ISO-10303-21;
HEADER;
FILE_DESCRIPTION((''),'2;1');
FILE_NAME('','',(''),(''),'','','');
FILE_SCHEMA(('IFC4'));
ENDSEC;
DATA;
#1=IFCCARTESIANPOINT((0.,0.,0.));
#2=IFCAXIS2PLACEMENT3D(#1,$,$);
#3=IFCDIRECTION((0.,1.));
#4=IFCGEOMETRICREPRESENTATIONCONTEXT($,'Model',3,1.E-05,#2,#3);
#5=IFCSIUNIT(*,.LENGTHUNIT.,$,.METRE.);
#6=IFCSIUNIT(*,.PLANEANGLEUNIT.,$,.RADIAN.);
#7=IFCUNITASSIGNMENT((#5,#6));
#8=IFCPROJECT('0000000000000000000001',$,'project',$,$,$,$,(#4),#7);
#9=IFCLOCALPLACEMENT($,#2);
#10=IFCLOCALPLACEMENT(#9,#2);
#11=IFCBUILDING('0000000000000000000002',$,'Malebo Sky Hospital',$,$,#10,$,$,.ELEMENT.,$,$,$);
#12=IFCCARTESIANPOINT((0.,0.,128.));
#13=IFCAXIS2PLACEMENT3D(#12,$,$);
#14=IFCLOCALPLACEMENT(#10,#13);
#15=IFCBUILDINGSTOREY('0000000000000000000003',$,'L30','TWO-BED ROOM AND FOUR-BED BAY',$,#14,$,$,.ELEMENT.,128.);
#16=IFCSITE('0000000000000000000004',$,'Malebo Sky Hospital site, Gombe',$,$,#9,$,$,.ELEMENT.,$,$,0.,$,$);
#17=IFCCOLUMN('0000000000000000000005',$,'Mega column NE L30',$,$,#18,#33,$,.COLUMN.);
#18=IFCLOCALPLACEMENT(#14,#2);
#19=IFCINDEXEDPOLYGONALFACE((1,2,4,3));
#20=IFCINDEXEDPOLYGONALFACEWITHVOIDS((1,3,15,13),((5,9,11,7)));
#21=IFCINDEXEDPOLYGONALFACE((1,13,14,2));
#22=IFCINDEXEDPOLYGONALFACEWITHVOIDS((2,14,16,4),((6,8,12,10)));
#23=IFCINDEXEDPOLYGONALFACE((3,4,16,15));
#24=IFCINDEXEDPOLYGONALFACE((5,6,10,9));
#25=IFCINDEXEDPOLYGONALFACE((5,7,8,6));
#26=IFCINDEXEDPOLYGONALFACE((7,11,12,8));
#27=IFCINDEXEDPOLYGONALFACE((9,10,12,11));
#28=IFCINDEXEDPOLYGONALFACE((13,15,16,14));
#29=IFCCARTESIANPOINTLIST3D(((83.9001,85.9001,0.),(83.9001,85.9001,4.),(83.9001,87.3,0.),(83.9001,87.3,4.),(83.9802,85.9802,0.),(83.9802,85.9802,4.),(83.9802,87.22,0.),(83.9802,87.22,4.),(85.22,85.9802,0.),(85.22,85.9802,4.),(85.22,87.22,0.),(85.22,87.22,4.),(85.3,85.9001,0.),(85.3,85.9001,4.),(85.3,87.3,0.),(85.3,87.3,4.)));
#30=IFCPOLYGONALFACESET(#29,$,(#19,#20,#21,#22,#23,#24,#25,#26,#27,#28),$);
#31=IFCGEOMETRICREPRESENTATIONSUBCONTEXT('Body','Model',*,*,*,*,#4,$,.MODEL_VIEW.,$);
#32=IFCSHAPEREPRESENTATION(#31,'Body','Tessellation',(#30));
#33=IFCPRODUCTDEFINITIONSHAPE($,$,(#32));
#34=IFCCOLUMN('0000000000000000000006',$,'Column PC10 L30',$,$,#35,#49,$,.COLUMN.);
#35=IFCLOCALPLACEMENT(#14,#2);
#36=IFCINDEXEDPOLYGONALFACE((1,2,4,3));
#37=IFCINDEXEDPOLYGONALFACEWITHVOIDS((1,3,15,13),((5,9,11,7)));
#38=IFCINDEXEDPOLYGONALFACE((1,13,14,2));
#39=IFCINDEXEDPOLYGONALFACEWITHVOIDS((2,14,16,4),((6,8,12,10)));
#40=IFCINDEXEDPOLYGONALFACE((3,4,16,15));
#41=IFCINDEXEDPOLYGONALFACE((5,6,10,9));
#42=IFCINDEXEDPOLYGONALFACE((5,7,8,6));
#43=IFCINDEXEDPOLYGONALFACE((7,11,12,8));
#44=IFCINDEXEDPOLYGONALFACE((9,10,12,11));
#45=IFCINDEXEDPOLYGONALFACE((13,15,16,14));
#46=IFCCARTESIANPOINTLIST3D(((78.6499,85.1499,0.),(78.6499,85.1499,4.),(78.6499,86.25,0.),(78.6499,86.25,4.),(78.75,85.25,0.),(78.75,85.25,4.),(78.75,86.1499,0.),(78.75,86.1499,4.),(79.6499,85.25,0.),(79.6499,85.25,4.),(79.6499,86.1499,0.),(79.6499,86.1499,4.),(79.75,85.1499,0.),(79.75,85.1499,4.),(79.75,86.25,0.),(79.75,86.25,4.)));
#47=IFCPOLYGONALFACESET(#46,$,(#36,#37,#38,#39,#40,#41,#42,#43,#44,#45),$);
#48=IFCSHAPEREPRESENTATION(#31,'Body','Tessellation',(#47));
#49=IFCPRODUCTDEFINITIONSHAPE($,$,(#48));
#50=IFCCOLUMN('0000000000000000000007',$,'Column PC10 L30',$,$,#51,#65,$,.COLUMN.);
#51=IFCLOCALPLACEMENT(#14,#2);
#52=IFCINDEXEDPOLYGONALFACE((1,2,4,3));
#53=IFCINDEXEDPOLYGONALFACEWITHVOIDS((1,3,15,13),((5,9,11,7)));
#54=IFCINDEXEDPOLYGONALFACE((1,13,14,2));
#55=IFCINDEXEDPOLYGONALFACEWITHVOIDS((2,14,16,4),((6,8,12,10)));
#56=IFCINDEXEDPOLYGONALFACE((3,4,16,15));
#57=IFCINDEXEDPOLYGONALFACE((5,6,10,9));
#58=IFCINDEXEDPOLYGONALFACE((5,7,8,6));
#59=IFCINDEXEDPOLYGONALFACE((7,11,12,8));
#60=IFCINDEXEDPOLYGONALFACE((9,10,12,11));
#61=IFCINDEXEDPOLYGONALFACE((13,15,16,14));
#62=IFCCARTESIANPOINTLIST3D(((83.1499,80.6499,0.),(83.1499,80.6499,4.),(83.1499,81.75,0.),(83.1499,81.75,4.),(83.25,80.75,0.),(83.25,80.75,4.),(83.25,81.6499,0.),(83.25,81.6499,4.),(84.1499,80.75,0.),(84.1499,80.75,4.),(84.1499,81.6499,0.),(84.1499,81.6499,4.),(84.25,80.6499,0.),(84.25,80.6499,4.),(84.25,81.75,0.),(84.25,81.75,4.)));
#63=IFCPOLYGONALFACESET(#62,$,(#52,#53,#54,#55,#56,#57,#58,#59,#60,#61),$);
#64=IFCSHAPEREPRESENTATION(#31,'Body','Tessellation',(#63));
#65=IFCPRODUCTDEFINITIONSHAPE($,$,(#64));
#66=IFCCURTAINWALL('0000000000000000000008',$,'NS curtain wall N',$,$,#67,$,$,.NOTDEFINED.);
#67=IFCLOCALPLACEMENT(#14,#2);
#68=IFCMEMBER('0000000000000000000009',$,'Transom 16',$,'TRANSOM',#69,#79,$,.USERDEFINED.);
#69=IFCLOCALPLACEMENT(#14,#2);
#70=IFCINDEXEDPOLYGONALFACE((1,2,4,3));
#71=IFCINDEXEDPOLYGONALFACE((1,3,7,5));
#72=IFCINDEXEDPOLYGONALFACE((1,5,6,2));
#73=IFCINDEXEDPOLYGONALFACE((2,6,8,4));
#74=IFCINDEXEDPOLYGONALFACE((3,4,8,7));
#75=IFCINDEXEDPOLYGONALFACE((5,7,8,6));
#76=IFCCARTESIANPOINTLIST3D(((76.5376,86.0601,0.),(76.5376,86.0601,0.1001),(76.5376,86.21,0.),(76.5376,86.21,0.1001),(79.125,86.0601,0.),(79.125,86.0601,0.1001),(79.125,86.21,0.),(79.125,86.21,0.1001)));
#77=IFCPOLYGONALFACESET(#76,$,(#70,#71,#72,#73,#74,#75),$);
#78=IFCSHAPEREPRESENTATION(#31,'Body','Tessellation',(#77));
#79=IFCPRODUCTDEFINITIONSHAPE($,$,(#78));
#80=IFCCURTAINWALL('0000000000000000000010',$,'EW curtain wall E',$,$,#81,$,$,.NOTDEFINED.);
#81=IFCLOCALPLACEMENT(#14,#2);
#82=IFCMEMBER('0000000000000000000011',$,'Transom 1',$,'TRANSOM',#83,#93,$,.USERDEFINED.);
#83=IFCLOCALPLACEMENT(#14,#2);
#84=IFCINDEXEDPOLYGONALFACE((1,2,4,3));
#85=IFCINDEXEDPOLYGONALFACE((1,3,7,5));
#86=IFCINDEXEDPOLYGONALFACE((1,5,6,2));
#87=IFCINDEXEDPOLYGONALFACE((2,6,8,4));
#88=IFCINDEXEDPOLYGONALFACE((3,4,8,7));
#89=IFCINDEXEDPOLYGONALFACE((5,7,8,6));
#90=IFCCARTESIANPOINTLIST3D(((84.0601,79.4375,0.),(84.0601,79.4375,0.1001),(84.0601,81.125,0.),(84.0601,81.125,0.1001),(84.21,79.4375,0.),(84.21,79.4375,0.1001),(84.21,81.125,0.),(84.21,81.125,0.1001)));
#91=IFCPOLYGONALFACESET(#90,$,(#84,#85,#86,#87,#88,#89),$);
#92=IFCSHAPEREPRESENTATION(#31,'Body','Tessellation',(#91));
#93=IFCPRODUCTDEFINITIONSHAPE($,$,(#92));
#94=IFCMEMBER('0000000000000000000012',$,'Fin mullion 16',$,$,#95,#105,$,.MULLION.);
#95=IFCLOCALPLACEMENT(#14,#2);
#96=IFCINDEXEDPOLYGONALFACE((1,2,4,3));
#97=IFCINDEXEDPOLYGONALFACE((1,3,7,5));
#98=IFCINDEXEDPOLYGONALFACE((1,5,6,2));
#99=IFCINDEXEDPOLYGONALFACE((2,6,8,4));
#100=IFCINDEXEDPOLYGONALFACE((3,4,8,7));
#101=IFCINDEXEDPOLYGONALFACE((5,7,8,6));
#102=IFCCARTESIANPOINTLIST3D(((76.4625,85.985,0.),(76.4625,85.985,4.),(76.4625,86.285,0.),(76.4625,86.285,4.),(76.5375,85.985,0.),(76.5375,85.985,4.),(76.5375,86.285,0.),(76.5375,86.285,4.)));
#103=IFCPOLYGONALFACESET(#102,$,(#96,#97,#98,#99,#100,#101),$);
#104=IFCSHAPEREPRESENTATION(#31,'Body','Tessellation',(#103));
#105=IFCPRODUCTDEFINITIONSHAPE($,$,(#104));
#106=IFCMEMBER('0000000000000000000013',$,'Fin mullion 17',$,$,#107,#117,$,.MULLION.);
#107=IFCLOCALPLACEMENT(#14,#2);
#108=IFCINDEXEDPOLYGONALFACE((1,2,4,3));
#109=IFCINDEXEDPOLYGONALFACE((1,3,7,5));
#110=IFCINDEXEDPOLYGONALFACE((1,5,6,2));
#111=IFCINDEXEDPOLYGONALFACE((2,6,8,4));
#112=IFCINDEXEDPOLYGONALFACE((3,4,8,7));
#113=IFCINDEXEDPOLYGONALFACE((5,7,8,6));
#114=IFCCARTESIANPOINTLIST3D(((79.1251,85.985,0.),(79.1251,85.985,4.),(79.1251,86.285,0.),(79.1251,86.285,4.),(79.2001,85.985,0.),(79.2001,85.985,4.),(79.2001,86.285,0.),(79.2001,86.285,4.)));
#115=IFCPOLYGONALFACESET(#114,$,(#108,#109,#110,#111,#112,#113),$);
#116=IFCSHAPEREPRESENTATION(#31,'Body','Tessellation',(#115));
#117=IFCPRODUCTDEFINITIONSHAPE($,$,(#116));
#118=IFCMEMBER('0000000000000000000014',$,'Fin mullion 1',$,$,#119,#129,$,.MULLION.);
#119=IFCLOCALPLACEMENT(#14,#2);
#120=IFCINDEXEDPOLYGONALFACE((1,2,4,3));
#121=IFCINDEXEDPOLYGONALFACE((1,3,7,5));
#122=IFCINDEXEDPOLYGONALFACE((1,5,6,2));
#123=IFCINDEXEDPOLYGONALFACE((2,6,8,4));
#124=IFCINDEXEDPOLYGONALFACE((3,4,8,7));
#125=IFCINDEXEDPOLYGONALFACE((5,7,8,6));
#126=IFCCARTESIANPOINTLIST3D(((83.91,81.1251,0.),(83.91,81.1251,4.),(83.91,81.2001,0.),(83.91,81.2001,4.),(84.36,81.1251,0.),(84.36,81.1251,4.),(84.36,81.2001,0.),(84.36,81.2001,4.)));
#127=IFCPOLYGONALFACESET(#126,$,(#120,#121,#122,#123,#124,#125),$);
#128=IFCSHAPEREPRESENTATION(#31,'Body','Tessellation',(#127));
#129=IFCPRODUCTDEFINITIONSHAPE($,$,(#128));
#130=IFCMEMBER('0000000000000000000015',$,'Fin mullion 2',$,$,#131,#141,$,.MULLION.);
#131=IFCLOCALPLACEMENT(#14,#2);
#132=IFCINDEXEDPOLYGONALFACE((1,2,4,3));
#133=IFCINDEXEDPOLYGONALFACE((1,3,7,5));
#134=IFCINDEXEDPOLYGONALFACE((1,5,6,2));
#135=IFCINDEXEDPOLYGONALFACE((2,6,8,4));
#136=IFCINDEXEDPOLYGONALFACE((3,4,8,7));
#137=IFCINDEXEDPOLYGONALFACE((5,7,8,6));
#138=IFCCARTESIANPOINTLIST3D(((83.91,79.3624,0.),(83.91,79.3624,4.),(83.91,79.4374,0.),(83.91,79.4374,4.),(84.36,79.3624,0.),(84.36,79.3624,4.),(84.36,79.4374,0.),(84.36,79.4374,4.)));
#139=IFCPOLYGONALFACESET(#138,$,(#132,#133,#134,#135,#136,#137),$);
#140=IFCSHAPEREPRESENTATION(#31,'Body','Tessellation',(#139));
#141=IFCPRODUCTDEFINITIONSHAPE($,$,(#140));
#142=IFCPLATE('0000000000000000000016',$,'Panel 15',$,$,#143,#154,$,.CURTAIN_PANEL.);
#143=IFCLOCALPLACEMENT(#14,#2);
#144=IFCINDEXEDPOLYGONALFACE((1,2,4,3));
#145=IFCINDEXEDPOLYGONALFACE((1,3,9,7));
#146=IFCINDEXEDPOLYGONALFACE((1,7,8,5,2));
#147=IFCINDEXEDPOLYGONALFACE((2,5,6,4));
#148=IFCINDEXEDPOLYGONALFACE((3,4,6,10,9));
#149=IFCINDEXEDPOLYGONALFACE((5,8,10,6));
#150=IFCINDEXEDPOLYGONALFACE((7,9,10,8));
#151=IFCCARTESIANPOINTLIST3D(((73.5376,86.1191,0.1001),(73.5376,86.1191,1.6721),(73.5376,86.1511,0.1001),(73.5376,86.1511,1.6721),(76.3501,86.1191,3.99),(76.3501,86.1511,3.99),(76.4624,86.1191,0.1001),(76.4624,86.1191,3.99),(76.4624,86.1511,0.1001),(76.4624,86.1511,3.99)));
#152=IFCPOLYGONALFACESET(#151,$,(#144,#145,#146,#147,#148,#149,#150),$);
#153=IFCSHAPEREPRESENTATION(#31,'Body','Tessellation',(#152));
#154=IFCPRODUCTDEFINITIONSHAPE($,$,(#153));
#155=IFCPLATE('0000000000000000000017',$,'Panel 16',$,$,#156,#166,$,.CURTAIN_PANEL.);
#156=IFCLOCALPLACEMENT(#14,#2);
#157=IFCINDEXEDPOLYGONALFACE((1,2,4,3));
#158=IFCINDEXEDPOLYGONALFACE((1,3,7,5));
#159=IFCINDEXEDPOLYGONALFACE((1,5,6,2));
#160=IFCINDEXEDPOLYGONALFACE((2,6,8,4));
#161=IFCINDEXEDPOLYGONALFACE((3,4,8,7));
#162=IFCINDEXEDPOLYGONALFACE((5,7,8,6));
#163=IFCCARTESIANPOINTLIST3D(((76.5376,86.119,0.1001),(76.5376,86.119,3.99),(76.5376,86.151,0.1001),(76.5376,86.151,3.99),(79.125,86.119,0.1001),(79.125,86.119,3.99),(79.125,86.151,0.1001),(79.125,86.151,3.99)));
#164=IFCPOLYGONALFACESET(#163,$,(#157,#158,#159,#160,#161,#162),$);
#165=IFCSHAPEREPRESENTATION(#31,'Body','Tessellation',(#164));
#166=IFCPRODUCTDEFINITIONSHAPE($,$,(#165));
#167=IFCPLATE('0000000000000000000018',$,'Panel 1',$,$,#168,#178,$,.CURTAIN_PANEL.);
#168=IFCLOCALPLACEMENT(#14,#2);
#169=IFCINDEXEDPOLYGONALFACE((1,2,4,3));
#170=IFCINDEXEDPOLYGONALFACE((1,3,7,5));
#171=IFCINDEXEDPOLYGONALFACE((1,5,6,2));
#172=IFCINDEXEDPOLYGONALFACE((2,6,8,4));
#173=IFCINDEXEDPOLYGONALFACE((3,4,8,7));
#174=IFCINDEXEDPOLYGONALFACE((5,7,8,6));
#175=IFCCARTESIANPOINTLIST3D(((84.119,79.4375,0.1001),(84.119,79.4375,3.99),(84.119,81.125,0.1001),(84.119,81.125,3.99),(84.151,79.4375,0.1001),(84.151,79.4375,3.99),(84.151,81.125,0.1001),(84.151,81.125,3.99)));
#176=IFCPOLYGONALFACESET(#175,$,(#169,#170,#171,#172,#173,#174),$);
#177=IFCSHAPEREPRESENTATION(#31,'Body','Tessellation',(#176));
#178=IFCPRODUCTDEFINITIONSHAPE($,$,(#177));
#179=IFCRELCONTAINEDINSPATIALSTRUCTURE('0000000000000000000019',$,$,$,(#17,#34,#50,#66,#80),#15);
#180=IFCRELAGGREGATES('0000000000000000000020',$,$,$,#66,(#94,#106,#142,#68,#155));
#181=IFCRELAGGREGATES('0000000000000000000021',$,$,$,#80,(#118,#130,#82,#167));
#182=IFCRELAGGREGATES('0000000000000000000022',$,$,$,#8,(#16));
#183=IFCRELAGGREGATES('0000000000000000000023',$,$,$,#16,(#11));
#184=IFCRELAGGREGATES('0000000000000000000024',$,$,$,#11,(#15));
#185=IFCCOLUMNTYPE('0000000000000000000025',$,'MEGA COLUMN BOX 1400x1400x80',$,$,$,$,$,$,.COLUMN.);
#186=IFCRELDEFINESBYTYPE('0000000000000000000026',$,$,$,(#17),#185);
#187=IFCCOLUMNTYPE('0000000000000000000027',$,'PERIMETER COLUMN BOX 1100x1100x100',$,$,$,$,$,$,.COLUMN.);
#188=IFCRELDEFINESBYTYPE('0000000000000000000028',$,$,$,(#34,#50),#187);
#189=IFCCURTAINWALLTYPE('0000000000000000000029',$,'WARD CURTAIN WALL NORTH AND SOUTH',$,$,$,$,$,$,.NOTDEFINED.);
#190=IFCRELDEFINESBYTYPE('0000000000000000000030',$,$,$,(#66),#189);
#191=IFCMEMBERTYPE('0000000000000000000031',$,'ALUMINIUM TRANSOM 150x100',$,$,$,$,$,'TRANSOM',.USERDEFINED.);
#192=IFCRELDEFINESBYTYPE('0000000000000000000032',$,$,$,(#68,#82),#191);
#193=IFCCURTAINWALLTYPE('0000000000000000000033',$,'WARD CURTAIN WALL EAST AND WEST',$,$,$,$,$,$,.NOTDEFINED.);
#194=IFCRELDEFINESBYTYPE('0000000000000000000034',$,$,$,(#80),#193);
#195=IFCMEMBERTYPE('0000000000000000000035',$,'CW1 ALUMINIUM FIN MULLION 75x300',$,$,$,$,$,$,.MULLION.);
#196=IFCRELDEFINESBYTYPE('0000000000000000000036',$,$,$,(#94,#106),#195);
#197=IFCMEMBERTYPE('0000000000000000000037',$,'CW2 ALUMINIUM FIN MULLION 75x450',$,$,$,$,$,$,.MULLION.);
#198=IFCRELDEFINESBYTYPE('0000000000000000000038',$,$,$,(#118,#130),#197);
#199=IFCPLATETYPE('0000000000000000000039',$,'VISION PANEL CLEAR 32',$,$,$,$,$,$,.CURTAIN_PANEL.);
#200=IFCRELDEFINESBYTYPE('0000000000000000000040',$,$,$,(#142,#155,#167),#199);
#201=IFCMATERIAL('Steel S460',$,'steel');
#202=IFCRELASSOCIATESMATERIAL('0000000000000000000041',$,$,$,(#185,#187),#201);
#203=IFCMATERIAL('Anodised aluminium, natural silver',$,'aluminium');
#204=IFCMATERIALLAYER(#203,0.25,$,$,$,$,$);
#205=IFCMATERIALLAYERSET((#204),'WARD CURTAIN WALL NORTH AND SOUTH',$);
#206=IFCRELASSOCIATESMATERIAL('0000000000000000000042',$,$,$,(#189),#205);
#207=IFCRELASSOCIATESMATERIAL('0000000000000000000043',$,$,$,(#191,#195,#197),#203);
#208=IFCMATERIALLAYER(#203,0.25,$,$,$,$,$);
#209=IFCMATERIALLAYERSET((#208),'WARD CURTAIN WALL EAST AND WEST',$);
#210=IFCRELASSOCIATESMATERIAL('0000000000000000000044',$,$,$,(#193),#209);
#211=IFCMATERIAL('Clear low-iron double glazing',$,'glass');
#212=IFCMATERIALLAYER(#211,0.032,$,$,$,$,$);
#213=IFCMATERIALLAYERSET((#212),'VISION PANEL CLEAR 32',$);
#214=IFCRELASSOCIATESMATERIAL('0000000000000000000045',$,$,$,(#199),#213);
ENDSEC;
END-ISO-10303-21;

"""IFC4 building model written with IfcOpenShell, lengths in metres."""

from ifc_helpers import new_model, si_unit, direction, frame, origin, origin_2d, place, context, subcontext, project, spatial, polyline, rectangle, hollow_rectangle, outline, extrude, material, layer, layer_set, material_profile, profile_set, type_object, element, aggregate, save


model = new_model("IFC4")

# Units and contexts
model_context = context("Model", 3, precision=1e-05, world=origin(), true_north=direction((0.0, 1.0)))
body_context = subcontext(model_context, "Body", "Model", "MODEL_VIEW")
ifc_project = project(units=[si_unit("LENGTHUNIT", "METRE"), si_unit("PLANEANGLEUNIT", "RADIAN")], contexts=[model_context])

# Site, building, storey
site_placement = place(None, origin())
site = spatial("IfcSite", under=ifc_project, at=site_placement, Name="Malebo Sky Hospital site, Gombe", CompositionType="ELEMENT", RefElevation=0.0)
building_placement = place(site_placement, origin())
building = spatial("IfcBuilding", under=site, at=building_placement, Name="Malebo Sky Hospital", CompositionType="ELEMENT")
storey_placement = place(building_placement, frame((0.0, 0.0, 128.0)))
storey = spatial("IfcBuildingStorey", under=building, at=storey_placement, Name="L30", Description="TWO-BED ROOM AND FOUR-BED BAY", CompositionType="ELEMENT", Elevation=128.0)

# Columns
ifc_material_1 = material(Name="Steel S460", Category="steel")
ifc_material_profile_1 = material_profile(ifc_material_1, hollow_rectangle(XDim=1.3999, YDim=1.3999, WallThickness=0.0801, at=origin_2d()), Name="BOX 1400x1400x80")
ifc_profile_set_1 = profile_set([ifc_material_profile_1], Name="Steel S460")
column_type_1 = type_object("IfcColumnType", Name="MEGA COLUMN BOX 1400x1400x80", PredefinedType="COLUMN", material=ifc_profile_set_1)
column_placement = place(storey_placement, frame((84.6001, 86.6001, 0.0), z_axis=(0.0, 0.0, 1.0), x_axis=(1.0, 0.0, 0.0)))
element("IfcColumn", 1, at=column_placement, inside=storey, type_object=column_type_1, Name="Mega column NE L30", PredefinedType="COLUMN", context=body_context, shape_type="SweptSolid", body=[
    extrude(hollow_rectangle(XDim=1.3999, YDim=1.3999, WallThickness=0.0801, at=origin_2d()), origin(), (0.0, 0.0, 1.0), 4.0),
])
ifc_material_profile_2 = material_profile(ifc_material_1, hollow_rectangle(XDim=1.1001, YDim=1.1001, WallThickness=0.1001, at=origin_2d()), Name="BOX 1100x1100x100")
ifc_profile_set_2 = profile_set([ifc_material_profile_2], Name="Steel S460")
column_type_2 = type_object("IfcColumnType", Name="PERIMETER COLUMN BOX 1100x1100x100", PredefinedType="COLUMN", material=ifc_profile_set_2)
for number, where, z_axis, x_axis, name in (
    (2, (79.2, 85.7, 0.0), (0.0, 0.0, 1.0), (1.0, 0.0, 0.0), "Column PC10 L30"),
    (3, (83.7, 81.2, 0.0), (0.0, 0.0, 1.0), (1.0, 0.0, 0.0), "Column PC10 L30"),
):
    element("IfcColumn", number, at=place(storey_placement, frame(where, z_axis=z_axis, x_axis=x_axis)), inside=storey, type_object=column_type_2, Name=name, PredefinedType="COLUMN", context=body_context, shape_type="SweptSolid", body=[
        extrude(hollow_rectangle(XDim=1.1001, YDim=1.1001, WallThickness=0.1001, at=origin_2d()), origin(), (0.0, 0.0, 1.0), 4.0),
    ])

# Curtain walls, members
ifc_material_2 = material(Name="Anodised aluminium, natural silver", Category="aluminium")
ifc_layer_1 = layer(ifc_material_2, 0.25)
ifc_layer_set_1 = layer_set([ifc_layer_1], Name="WARD CURTAIN WALL NORTH AND SOUTH")
curtain_wall_type_1 = type_object("IfcCurtainWallType", Name="WARD CURTAIN WALL NORTH AND SOUTH", PredefinedType="NOTDEFINED", material=ifc_layer_set_1)
curtain_wall_1_placement = place(storey_placement, origin())
curtain_wall_1 = element("IfcCurtainWall", 4, at=curtain_wall_1_placement, inside=storey, type_object=curtain_wall_type_1, Name="NS curtain wall N", PredefinedType="NOTDEFINED")
ifc_material_profile_3 = material_profile(ifc_material_2, rectangle(XDim=0.1499, YDim=0.1001, at=origin_2d()), Name="ALUMINIUM TRANSOM 150x100")
ifc_profile_set_3 = profile_set([ifc_material_profile_3], Name="Anodised aluminium, natural silver")
member_type_1 = type_object("IfcMemberType", Name="ALUMINIUM TRANSOM 150x100", ElementType="TRANSOM", PredefinedType="USERDEFINED", material=ifc_profile_set_3)
member_1_placement = place(storey_placement, frame((76.5376, 86.135, 0.05), z_axis=(1.0, 0.0, 0.0), x_axis=(0.0, 1.0, 0.0)))
member_1 = element("IfcMember", 5, at=member_1_placement, type_object=member_type_1, Name="Transom 16", ObjectType="TRANSOM", PredefinedType="USERDEFINED", context=body_context, shape_type="SweptSolid", body=[
    extrude(rectangle(XDim=0.1499, YDim=0.1001, at=origin_2d()), origin(), (0.0, 0.0, 1.0), 2.5874),
])
ifc_layer_2 = layer(ifc_material_2, 0.25)
ifc_layer_set_2 = layer_set([ifc_layer_2], Name="WARD CURTAIN WALL EAST AND WEST")
curtain_wall_type_2 = type_object("IfcCurtainWallType", Name="WARD CURTAIN WALL EAST AND WEST", PredefinedType="NOTDEFINED", material=ifc_layer_set_2)
curtain_wall_2_placement = place(storey_placement, origin())
curtain_wall_2 = element("IfcCurtainWall", 6, at=curtain_wall_2_placement, inside=storey, type_object=curtain_wall_type_2, Name="EW curtain wall E", PredefinedType="NOTDEFINED")
member_2_placement = place(storey_placement, frame((84.135, 81.125, 0.05), z_axis=(0.0, -1.0, 0.0), x_axis=(1.0, 0.0, 0.0)))
member_2 = element("IfcMember", 7, at=member_2_placement, type_object=member_type_1, Name="Transom 1", ObjectType="TRANSOM", PredefinedType="USERDEFINED", context=body_context, shape_type="SweptSolid", body=[
    extrude(rectangle(XDim=0.1499, YDim=0.1001, at=origin_2d()), origin(), (0.0, 0.0, 1.0), 1.6875),
])

# Members
ifc_material_profile_4 = material_profile(ifc_material_2, rectangle(XDim=0.075, YDim=0.3, at=origin_2d()), Name="CW1 ALUMINIUM FIN MULLION 75x300")
ifc_profile_set_4 = profile_set([ifc_material_profile_4], Name="Anodised aluminium, natural silver")
member_type_2 = type_object("IfcMemberType", Name="CW1 ALUMINIUM FIN MULLION 75x300", PredefinedType="MULLION", material=ifc_profile_set_4)
member_3_placement = place(storey_placement, frame((76.5, 86.135, 0.0), z_axis=(0.0, 0.0, 1.0), x_axis=(1.0, 0.0, 0.0)))
member_3 = element("IfcMember", 8, at=member_3_placement, type_object=member_type_2, Name="Fin mullion 16", PredefinedType="MULLION", context=body_context, shape_type="SweptSolid", body=[
    extrude(rectangle(XDim=0.075, YDim=0.3, at=origin_2d()), origin(), (0.0, 0.0, 1.0), 4.0),
])
member_4_placement = place(storey_placement, frame((79.1626, 86.135, 0.0), z_axis=(0.0, 0.0, 1.0), x_axis=(1.0, 0.0, 0.0)))
member_4 = element("IfcMember", 9, at=member_4_placement, type_object=member_type_2, Name="Fin mullion 17", PredefinedType="MULLION", context=body_context, shape_type="SweptSolid", body=[
    extrude(rectangle(XDim=0.075, YDim=0.3, at=origin_2d()), origin(), (0.0, 0.0, 1.0), 4.0),
])
ifc_material_profile_5 = material_profile(ifc_material_2, rectangle(XDim=0.075, YDim=0.45, at=origin_2d()), Name="CW2 ALUMINIUM FIN MULLION 75x450")
ifc_profile_set_5 = profile_set([ifc_material_profile_5], Name="Anodised aluminium, natural silver")
member_type_3 = type_object("IfcMemberType", Name="CW2 ALUMINIUM FIN MULLION 75x450", PredefinedType="MULLION", material=ifc_profile_set_5)
member_5_placement = place(storey_placement, frame((84.135, 81.1626, 0.0), z_axis=(0.0, 0.0, 1.0), x_axis=(0.0, -1.0, 0.0)))
member_5 = element("IfcMember", 10, at=member_5_placement, type_object=member_type_3, Name="Fin mullion 1", PredefinedType="MULLION", context=body_context, shape_type="SweptSolid", body=[
    extrude(rectangle(XDim=0.075, YDim=0.45, at=origin_2d()), origin(), (0.0, 0.0, 1.0), 4.0),
])
member_6_placement = place(storey_placement, frame((84.135, 79.3999, 0.0), z_axis=(0.0, 0.0, 1.0), x_axis=(0.0, -1.0, 0.0)))
member_6 = element("IfcMember", 11, at=member_6_placement, type_object=member_type_3, Name="Fin mullion 2", PredefinedType="MULLION", context=body_context, shape_type="SweptSolid", body=[
    extrude(rectangle(XDim=0.075, YDim=0.45, at=origin_2d()), origin(), (0.0, 0.0, 1.0), 4.0),
])

# Plates
ifc_material_3 = material(Name="Clear low-iron double glazing", Category="glass")
ifc_layer_3 = layer(ifc_material_3, 0.032)
ifc_layer_set_3 = layer_set([ifc_layer_3], Name="VISION PANEL CLEAR 32")
plate_type = type_object("IfcPlateType", Name="VISION PANEL CLEAR 32", PredefinedType="CURTAIN_PANEL", material=ifc_layer_set_3)
plate_1_placement = place(storey_placement, frame((75.0, 86.135, 0.1001), z_axis=(0.0, 0.0, 1.0), x_axis=(1.0, 0.0, 0.0)))
plate_1 = element("IfcPlate", 12, at=plate_1_placement, type_object=plate_type, Name="Panel 15", PredefinedType="CURTAIN_PANEL", context=body_context, shape_type="SweptSolid", body=[
    extrude(outline(polyline([(-1.4624, 0.0), (1.4624, 0.0), (1.4624, 3.8899), (1.3501, 3.8899), (-1.4624, 1.572), (-1.4624, 0.0)])), frame((0.0, 0.0161, 0.0), z_axis=(0.0, -1.0, 0.0), x_axis=(1.0, 0.0, 0.0)), (0.0, 0.0, 1.0), 0.032),
])
plate_2_placement = place(storey_placement, frame((77.8313, 86.135, 0.1001), z_axis=(0.0, 0.0, 1.0), x_axis=(1.0, 0.0, 0.0)))
plate_2 = element("IfcPlate", 13, at=plate_2_placement, type_object=plate_type, Name="Panel 16", PredefinedType="CURTAIN_PANEL", context=body_context, shape_type="SweptSolid", body=[
    extrude(rectangle(XDim=2.5874, YDim=0.032, at=origin_2d()), origin(), (0.0, 0.0, 1.0), 3.8899),
])
aggregate(curtain_wall_1, [member_3, member_4, plate_1, member_1, plate_2])
plate_3_placement = place(storey_placement, frame((84.135, 80.2812, 0.1001), z_axis=(0.0, 0.0, 1.0), x_axis=(0.0, -1.0, 0.0)))
plate_3 = element("IfcPlate", 14, at=plate_3_placement, type_object=plate_type, Name="Panel 1", PredefinedType="CURTAIN_PANEL", context=body_context, shape_type="SweptSolid", body=[
    extrude(rectangle(XDim=1.6875, YDim=0.032, at=origin_2d()), origin(), (0.0, 0.0, 1.0), 3.8899),
])
aggregate(curtain_wall_2, [member_5, member_6, member_2, plate_3])

save(model, "model.ifc")
